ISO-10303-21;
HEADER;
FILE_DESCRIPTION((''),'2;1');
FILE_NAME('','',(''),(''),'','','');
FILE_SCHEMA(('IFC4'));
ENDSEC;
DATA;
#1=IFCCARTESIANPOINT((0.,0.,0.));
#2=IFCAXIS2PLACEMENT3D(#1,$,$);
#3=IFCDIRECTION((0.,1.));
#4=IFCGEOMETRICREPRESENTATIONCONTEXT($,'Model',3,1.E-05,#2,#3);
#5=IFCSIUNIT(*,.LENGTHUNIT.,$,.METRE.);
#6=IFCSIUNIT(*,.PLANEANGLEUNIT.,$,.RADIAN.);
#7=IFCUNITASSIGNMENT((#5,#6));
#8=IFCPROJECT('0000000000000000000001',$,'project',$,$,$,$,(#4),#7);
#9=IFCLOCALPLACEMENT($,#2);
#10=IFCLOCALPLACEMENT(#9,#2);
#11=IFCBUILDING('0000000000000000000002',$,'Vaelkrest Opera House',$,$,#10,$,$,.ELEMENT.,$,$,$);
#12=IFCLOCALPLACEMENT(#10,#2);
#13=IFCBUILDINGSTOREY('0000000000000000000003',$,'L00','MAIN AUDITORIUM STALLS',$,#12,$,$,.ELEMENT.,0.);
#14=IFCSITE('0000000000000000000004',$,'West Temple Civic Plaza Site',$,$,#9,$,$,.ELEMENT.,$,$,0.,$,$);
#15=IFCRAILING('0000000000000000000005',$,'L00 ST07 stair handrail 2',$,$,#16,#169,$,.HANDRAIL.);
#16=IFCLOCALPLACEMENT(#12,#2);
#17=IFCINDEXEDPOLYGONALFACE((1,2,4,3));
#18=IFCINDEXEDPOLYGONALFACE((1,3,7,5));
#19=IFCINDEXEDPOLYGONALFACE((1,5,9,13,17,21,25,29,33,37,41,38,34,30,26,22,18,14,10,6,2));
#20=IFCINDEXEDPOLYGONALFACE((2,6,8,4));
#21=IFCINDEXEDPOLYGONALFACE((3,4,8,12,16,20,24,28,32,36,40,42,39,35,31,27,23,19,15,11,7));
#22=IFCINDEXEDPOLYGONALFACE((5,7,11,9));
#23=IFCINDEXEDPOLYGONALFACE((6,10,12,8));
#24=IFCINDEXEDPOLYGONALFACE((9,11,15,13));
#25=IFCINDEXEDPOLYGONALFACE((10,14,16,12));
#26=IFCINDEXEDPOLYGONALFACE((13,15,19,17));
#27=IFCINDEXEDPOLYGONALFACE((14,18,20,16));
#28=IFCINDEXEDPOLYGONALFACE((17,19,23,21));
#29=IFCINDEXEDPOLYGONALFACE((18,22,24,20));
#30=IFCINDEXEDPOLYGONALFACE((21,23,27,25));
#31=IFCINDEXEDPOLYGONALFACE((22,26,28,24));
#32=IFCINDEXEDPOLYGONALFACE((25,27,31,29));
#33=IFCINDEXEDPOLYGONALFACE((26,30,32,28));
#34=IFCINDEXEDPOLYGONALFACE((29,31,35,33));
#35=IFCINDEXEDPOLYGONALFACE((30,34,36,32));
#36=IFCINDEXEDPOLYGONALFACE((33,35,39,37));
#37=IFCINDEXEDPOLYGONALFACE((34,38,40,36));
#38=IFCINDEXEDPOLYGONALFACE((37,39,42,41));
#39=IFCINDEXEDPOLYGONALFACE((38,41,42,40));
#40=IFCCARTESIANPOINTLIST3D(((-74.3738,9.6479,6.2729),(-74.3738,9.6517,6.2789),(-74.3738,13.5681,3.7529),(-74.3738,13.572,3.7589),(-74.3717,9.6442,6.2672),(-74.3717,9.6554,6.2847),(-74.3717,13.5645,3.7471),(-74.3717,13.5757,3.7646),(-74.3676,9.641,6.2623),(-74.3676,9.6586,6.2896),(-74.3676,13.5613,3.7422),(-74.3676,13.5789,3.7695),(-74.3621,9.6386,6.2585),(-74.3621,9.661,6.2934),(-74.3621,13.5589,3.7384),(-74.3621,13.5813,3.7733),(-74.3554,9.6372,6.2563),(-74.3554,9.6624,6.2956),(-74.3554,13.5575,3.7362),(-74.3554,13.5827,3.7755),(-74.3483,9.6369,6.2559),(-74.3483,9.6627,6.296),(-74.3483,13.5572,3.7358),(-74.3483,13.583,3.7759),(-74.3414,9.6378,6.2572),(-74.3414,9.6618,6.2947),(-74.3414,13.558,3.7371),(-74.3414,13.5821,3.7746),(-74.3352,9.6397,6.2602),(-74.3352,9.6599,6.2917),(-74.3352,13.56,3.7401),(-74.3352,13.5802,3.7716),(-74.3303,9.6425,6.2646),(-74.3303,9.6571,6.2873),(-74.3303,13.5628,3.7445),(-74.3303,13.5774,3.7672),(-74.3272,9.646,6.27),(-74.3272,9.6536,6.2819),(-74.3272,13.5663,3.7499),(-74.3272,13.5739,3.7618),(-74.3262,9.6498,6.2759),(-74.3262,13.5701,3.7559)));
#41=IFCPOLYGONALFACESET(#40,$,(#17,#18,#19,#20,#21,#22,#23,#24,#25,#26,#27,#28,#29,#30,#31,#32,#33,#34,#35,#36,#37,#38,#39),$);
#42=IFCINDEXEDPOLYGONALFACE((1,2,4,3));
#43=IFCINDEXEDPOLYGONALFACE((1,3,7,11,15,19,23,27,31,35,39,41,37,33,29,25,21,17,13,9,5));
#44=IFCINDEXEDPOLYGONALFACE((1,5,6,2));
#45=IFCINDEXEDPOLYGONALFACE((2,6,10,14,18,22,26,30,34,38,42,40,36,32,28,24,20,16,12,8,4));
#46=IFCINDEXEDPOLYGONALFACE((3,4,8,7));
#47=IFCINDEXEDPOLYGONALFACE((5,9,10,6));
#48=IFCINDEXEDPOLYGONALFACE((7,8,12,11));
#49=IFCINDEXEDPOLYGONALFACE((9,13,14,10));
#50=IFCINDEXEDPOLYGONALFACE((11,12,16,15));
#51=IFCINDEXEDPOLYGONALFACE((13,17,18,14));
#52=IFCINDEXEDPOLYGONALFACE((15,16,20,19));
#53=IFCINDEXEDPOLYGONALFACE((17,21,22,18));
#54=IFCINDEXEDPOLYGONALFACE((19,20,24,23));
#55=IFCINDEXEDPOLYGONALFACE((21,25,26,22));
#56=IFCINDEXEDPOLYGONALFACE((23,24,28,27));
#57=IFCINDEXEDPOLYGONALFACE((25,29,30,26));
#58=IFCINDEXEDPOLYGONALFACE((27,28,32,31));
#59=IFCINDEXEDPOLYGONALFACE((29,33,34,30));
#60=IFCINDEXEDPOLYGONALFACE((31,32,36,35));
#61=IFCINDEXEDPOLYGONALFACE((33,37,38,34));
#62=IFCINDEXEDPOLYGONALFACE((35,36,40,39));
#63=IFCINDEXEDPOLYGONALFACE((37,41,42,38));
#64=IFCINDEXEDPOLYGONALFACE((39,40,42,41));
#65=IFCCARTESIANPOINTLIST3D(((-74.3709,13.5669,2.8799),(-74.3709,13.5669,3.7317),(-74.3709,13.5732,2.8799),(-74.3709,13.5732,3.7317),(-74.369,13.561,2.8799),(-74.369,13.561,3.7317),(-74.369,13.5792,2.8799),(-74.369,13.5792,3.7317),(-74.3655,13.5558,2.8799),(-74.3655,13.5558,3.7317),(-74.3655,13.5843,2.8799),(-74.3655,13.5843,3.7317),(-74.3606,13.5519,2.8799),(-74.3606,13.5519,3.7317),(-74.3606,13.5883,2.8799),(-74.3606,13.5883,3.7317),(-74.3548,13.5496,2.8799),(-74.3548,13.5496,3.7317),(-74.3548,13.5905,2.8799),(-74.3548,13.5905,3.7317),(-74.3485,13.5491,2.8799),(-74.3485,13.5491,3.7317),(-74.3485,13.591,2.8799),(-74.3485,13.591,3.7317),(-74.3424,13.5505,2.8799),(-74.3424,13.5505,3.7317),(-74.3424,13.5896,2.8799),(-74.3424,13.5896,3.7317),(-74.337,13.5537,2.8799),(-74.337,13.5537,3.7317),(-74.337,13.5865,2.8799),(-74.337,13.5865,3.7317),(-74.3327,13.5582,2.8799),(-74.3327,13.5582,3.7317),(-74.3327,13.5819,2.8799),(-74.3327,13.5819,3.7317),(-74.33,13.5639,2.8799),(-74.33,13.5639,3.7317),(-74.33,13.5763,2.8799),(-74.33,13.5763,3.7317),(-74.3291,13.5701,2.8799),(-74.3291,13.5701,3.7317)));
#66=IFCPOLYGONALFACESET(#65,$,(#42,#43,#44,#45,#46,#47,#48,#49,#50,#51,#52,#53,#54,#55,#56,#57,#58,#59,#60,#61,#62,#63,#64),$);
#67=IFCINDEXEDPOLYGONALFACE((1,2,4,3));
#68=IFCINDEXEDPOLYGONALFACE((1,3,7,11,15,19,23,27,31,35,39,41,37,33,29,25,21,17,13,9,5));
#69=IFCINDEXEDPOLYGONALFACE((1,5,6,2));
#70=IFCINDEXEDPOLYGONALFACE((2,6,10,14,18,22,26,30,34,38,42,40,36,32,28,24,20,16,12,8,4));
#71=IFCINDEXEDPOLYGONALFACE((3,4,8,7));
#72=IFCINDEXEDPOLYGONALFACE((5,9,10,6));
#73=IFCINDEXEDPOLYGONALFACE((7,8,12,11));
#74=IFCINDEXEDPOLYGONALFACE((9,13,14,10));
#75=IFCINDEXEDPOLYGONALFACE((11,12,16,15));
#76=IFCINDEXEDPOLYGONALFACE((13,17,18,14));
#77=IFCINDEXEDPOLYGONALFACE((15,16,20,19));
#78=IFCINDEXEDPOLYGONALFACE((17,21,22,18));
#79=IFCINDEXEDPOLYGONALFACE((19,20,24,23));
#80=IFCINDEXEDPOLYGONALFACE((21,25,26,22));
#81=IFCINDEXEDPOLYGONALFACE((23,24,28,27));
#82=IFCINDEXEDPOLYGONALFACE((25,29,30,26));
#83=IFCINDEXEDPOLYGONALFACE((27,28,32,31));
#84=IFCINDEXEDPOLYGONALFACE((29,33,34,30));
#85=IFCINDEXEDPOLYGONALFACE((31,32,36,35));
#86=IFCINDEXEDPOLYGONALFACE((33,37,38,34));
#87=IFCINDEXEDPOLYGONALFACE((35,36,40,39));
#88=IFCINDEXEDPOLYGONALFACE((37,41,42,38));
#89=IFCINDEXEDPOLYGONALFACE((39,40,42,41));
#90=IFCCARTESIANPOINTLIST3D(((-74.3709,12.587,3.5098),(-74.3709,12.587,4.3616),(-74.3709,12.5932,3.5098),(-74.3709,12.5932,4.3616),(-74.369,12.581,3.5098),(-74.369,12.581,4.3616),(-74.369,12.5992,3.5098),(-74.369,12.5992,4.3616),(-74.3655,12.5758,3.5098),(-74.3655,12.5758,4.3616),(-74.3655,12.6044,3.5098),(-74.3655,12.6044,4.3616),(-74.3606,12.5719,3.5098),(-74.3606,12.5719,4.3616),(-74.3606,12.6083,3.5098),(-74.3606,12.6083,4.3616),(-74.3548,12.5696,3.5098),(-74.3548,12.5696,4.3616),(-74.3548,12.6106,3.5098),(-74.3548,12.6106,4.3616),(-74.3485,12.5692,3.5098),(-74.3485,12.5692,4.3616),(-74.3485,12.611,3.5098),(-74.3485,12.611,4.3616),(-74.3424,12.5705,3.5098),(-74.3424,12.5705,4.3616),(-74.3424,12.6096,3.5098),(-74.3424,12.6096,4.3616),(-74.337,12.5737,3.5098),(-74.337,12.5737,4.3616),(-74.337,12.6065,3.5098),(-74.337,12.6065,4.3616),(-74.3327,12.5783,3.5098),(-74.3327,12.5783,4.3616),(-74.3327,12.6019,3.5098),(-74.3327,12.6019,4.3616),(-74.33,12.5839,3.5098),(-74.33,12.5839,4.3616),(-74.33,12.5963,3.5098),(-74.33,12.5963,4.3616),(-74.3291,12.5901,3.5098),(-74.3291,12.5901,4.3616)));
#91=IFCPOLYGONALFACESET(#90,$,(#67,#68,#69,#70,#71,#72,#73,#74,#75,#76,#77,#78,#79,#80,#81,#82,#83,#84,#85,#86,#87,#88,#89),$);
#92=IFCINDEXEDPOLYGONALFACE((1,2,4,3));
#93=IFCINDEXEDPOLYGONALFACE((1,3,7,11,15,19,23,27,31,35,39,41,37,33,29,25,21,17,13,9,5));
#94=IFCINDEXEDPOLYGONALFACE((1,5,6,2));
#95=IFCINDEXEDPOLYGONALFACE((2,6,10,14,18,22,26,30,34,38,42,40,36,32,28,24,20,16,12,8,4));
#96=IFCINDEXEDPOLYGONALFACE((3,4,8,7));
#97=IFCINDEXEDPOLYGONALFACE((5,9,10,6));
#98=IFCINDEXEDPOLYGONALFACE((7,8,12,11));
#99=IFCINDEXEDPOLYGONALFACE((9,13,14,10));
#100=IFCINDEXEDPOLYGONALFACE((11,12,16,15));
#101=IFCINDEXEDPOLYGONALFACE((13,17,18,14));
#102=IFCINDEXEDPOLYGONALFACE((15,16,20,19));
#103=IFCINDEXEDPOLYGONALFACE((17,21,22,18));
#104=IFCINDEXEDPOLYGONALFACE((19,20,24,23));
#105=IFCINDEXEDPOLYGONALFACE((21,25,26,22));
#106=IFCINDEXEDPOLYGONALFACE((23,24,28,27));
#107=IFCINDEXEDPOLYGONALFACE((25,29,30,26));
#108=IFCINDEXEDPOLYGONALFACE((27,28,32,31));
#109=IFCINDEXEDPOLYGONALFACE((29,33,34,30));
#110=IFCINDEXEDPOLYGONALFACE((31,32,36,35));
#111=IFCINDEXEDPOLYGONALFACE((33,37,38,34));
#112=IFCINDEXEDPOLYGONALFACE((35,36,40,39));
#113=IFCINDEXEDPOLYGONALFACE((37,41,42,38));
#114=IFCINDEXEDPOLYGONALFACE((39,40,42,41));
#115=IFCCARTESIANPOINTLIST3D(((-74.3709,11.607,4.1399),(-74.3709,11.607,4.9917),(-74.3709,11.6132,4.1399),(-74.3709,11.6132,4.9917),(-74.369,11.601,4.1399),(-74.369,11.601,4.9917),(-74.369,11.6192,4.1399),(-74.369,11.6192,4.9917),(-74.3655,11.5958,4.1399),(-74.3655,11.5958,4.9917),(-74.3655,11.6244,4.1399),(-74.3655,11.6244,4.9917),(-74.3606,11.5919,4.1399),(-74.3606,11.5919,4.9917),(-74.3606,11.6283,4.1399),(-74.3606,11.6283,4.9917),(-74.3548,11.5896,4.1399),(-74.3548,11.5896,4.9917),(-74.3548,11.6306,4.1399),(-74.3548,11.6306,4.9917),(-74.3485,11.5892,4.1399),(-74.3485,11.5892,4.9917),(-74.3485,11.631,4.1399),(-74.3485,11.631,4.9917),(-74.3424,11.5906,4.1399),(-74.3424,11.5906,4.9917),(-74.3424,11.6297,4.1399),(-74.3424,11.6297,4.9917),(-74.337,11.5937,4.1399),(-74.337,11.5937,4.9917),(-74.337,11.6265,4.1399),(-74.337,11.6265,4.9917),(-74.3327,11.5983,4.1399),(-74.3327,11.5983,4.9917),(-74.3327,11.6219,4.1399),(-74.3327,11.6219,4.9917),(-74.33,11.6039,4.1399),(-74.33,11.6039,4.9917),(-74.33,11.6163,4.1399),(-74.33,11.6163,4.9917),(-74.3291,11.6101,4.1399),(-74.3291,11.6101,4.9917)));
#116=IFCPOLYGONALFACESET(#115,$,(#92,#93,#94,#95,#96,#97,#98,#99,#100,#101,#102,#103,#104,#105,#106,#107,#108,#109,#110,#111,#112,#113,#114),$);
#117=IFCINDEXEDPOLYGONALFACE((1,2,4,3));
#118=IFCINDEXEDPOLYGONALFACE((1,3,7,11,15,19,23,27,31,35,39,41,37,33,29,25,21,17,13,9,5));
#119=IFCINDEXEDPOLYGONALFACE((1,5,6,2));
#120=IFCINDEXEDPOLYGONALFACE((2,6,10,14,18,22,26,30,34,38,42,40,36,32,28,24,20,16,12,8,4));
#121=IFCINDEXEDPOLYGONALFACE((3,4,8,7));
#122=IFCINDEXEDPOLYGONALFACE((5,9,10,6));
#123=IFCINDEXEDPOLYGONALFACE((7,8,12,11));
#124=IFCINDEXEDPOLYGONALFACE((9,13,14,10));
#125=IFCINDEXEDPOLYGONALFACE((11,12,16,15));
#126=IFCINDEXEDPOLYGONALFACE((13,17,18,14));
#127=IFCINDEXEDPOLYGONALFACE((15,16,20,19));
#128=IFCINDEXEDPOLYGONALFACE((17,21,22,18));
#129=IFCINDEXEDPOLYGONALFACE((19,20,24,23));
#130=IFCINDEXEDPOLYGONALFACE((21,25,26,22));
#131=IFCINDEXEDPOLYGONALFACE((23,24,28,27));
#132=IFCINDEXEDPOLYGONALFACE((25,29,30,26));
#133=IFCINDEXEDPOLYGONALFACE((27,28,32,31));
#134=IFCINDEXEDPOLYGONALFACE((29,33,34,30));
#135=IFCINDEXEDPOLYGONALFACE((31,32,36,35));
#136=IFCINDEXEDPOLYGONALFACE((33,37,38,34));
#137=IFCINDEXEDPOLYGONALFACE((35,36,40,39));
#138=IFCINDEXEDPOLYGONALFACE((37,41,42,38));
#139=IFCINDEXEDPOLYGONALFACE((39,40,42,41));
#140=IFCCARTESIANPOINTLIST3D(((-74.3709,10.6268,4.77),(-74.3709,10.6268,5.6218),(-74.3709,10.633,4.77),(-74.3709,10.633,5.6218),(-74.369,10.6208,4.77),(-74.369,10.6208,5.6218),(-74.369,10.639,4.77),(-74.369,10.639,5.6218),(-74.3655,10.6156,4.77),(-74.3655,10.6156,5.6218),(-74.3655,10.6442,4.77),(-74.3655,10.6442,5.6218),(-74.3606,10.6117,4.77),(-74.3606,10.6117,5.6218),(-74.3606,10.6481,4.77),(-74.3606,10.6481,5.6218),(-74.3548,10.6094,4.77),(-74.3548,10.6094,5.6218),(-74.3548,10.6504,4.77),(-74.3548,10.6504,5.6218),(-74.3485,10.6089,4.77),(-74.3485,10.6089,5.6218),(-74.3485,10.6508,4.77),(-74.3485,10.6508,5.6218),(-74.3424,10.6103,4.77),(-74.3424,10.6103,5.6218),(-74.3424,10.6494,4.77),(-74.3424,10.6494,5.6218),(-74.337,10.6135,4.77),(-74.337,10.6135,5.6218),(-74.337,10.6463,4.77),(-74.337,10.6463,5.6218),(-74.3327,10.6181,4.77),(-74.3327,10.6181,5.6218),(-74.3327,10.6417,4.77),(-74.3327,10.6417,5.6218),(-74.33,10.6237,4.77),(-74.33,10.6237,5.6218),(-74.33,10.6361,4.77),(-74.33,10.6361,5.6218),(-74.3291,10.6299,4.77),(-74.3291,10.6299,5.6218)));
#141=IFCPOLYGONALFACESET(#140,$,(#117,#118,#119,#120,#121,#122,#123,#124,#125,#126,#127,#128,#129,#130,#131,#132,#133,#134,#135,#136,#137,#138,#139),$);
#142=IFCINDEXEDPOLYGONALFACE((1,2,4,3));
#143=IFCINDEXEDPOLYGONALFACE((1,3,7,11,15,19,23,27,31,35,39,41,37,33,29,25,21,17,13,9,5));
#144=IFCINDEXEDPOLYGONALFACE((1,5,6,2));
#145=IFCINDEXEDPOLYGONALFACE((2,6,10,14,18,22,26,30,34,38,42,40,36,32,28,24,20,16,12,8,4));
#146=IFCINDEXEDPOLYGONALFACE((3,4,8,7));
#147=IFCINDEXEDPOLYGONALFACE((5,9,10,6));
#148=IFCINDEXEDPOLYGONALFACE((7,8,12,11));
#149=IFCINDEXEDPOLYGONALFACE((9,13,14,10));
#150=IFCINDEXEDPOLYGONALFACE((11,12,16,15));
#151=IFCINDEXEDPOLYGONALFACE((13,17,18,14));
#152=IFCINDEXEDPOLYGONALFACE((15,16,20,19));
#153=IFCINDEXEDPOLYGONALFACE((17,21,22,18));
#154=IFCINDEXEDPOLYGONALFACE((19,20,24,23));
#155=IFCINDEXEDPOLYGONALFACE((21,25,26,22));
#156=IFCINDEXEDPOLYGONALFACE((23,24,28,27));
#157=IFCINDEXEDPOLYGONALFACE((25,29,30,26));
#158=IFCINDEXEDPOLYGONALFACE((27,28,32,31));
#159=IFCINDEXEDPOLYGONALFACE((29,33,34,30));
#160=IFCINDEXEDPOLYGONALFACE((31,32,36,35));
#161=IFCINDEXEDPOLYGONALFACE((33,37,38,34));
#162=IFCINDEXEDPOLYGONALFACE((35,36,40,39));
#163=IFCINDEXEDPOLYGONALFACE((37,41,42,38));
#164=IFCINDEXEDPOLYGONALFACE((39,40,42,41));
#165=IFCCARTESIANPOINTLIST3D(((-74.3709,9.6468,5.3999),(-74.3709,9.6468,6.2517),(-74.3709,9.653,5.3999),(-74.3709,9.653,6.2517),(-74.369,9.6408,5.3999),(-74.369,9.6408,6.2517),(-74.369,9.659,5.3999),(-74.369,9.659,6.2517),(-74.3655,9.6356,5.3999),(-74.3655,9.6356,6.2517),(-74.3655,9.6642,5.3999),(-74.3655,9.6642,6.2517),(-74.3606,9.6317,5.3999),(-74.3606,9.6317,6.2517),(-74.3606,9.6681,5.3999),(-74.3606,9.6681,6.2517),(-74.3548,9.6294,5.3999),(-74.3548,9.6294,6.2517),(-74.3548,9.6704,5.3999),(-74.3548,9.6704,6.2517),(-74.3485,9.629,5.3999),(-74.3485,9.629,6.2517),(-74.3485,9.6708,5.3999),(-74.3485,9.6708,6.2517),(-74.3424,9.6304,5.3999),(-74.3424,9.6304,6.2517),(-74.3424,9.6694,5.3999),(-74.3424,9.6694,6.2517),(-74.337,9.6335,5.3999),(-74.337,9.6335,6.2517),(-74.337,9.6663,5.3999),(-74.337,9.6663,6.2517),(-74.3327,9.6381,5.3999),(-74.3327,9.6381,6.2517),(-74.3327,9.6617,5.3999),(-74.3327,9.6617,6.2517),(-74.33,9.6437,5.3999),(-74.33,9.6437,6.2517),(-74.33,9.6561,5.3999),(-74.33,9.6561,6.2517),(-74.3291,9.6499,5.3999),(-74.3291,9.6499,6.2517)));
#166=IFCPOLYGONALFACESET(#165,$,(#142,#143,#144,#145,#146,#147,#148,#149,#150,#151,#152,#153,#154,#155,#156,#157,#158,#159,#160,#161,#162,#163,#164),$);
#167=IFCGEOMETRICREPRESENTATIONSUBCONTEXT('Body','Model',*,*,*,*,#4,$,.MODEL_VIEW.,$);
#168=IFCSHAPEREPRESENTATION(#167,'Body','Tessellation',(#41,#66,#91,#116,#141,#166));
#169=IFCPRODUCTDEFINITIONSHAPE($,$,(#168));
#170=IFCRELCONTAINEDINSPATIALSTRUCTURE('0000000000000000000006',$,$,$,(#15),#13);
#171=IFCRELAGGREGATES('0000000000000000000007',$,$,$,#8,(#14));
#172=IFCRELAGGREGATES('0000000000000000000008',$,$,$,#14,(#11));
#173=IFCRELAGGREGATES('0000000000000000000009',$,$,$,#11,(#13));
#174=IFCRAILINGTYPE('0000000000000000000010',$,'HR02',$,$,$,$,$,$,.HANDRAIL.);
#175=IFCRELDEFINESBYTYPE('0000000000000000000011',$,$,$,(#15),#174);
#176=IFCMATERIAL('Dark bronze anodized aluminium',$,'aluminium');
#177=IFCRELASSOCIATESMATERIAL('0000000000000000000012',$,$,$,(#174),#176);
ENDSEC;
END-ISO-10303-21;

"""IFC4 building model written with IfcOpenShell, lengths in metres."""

from ifc_helpers import new_model, si_unit, direction, frame, origin, origin_2d, place, context, subcontext, project, spatial, circle, extrude, material, type_object, element, save


model = new_model("IFC4")

# Units and contexts
model_context = context("Model", 3, precision=1e-05, world=origin(), true_north=direction((0.0, 1.0)))
body_context = subcontext(model_context, "Body", "Model", "MODEL_VIEW")
ifc_project = project(units=[si_unit("LENGTHUNIT", "METRE"), si_unit("PLANEANGLEUNIT", "RADIAN")], contexts=[model_context])

# Site, building, storey
site_placement = place(None, origin())
site = spatial("IfcSite", under=ifc_project, at=site_placement, Name="West Temple Civic Plaza Site", CompositionType="ELEMENT", RefElevation=0.0)
building_placement = place(site_placement, origin())
building = spatial("IfcBuilding", under=site, at=building_placement, Name="Vaelkrest Opera House", CompositionType="ELEMENT")
storey_placement = place(building_placement, origin())
storey = spatial("IfcBuildingStorey", under=building, at=storey_placement, Name="L00", Description="MAIN AUDITORIUM STALLS", CompositionType="ELEMENT", Elevation=0.0)

# Shared definitions
ifc_material_1 = material(Name="Dark bronze anodized aluminium", Category="aluminium")

# Railing
railing_type_1 = type_object("IfcRailingType", Name="HR02", PredefinedType="HANDRAIL", material=ifc_material_1)
railing_1_placement = place(storey_placement, frame((-74.3501, 13.5701, 2.8799)))
element("IfcRailing", 1, at=railing_1_placement, inside=storey, type_object=railing_type_1, Name="L00 ST07 stair handrail 2", PredefinedType="HANDRAIL", context=body_context, shape_type="SweptSolid", body=[
    extrude(circle(Radius=0.0239, at=origin_2d()), frame((0.0, 0.0, 0.876), z_axis=(0.0, -0.841187, 0.540744), x_axis=(1.0, 0.0, 0.0)), (0.0, 0.0, 1.0), 4.6604),
    extrude(circle(Radius=0.021, at=origin_2d()), origin(), (0.0, 0.0, 1.0), 0.8518),
    extrude(circle(Radius=0.021, at=origin_2d()), frame((0.0, -0.98, 0.6299)), (0.0, 0.0, 1.0), 0.8518),
    extrude(circle(Radius=0.021, at=origin_2d()), frame((0.0, -1.96, 1.26)), (0.0, 0.0, 1.0), 0.8518),
    extrude(circle(Radius=0.021, at=origin_2d()), frame((0.0, -2.9402, 1.8901)), (0.0, 0.0, 1.0), 0.8518),
    extrude(circle(Radius=0.021, at=origin_2d()), frame((0.0, -3.9202, 2.52)), (0.0, 0.0, 1.0), 0.8518),
])

save(model, "model.ifc")
